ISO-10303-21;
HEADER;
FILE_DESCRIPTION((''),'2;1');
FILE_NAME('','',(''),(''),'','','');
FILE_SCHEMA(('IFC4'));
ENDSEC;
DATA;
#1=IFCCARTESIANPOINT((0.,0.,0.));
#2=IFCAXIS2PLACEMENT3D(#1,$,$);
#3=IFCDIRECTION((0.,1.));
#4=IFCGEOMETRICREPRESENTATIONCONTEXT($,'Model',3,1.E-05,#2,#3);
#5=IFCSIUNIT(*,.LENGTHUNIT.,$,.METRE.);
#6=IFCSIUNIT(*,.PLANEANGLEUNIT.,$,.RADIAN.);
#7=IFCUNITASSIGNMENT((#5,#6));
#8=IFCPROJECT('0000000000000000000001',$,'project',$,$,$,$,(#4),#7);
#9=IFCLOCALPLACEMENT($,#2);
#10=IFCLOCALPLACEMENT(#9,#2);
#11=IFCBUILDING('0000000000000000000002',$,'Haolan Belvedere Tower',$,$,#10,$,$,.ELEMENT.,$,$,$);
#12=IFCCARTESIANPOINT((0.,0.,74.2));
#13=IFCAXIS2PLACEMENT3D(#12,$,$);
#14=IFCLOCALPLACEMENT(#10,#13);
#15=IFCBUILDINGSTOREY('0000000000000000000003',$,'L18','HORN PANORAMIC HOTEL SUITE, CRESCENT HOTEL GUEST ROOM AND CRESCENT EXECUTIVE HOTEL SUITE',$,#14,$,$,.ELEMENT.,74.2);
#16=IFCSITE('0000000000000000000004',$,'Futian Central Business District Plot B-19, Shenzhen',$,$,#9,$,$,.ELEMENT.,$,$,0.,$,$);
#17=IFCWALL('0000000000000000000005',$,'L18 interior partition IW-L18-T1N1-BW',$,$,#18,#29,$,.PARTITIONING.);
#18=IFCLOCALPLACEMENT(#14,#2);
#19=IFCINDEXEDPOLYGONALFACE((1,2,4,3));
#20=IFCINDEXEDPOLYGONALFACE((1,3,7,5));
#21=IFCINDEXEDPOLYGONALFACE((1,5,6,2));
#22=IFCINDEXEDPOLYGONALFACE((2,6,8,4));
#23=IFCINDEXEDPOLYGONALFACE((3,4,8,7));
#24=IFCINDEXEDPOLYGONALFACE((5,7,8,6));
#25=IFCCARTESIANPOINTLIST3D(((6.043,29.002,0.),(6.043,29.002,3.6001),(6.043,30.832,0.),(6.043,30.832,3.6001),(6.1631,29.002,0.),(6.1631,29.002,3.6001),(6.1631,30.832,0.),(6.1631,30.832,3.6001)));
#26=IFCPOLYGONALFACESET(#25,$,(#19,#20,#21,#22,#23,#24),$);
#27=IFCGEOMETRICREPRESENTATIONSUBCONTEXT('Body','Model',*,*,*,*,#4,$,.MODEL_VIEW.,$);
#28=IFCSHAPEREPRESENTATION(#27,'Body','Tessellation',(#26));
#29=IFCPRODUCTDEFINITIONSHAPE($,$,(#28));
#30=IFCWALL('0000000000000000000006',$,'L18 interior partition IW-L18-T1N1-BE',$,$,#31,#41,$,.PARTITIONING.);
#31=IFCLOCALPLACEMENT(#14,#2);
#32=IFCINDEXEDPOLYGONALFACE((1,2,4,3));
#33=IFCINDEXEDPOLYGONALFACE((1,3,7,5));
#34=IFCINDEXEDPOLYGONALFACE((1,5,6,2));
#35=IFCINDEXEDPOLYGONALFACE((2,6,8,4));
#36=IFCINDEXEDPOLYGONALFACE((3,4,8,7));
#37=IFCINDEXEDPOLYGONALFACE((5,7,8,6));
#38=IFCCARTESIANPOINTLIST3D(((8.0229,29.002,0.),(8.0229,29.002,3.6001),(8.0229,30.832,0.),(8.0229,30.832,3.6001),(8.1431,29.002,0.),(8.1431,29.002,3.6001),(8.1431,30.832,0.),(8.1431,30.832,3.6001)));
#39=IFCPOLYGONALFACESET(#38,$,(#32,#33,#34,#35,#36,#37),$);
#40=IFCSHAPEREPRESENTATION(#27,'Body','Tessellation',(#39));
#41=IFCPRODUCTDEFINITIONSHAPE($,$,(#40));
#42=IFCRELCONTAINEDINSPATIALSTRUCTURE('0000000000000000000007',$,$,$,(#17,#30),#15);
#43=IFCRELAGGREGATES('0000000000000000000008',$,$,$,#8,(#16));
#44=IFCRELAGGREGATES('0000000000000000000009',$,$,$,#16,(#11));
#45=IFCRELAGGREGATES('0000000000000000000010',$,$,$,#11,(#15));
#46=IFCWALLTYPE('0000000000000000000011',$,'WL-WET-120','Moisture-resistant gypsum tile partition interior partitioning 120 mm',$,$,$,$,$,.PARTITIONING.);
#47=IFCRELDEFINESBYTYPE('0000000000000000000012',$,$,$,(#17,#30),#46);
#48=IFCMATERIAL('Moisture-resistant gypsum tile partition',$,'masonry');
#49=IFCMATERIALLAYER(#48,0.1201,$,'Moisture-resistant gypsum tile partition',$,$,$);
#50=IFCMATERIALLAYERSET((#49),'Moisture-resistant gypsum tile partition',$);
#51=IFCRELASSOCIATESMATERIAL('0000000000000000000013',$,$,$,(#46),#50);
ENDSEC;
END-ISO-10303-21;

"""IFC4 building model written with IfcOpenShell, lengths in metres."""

from ifc_helpers import new_model, si_unit, direction, frame, frame_2d, origin, place, context, subcontext, project, spatial, rectangle, extrude, material, layer, layer_set, type_object, element, save


model = new_model("IFC4")

# Units and contexts
model_context = context("Model", 3, precision=1e-05, world=origin(), true_north=direction((0.0, 1.0)))
body_context = subcontext(model_context, "Body", "Model", "MODEL_VIEW")
ifc_project = project(units=[si_unit("LENGTHUNIT", "METRE"), si_unit("PLANEANGLEUNIT", "RADIAN")], contexts=[model_context])

# Site, building, storey
site_placement = place(None, origin())
site = spatial("IfcSite", under=ifc_project, at=site_placement, Name="Futian Central Business District Plot B-19, Shenzhen", CompositionType="ELEMENT", RefElevation=0.0)
building_placement = place(site_placement, origin())
building = spatial("IfcBuilding", under=site, at=building_placement, Name="Haolan Belvedere Tower", CompositionType="ELEMENT")
storey_placement = place(building_placement, frame((0.0, 0.0, 74.2)))
storey = spatial("IfcBuildingStorey", under=building, at=storey_placement, Name="L18", Description="HORN PANORAMIC HOTEL SUITE, CRESCENT HOTEL GUEST ROOM AND CRESCENT EXECUTIVE HOTEL SUITE", CompositionType="ELEMENT", Elevation=74.2)

# Shared definitions
ifc_material_1 = material(Name="Moisture-resistant gypsum tile partition", Category="masonry")
ifc_layer_1 = layer(ifc_material_1, 0.1201, Name="Moisture-resistant gypsum tile partition")
ifc_layer_set_1 = layer_set([ifc_layer_1], Name="Moisture-resistant gypsum tile partition")
wall_type_1 = type_object("IfcWallType", Name="WL-WET-120", Description="Moisture-resistant gypsum tile partition interior partitioning 120 mm", PredefinedType="PARTITIONING", material=ifc_layer_set_1)

# Walls
for number, where, z_axis, x_axis, name in (
    (1, (6.103, 29.002, 0.0), (0.0, 0.0, 1.0), (0.0, 1.0, 0.0), "L18 interior partition IW-L18-T1N1-BW"),
    (2, (8.083, 29.002, 0.0), (0.0, 0.0, 1.0), (0.0, 1.0, 0.0), "L18 interior partition IW-L18-T1N1-BE"),
):
    element("IfcWall", number, at=place(storey_placement, frame(where, z_axis=z_axis, x_axis=x_axis)), inside=storey, type_object=wall_type_1, Name=name, PredefinedType="PARTITIONING", context=body_context, shape_type="SweptSolid", body=[
        extrude(rectangle(XDim=1.8301, YDim=0.1201, at=frame_2d((0.915, 0.0))), origin(), (0.0, 0.0, 1.0), 3.6001),
    ])

save(model, "model.ifc")
